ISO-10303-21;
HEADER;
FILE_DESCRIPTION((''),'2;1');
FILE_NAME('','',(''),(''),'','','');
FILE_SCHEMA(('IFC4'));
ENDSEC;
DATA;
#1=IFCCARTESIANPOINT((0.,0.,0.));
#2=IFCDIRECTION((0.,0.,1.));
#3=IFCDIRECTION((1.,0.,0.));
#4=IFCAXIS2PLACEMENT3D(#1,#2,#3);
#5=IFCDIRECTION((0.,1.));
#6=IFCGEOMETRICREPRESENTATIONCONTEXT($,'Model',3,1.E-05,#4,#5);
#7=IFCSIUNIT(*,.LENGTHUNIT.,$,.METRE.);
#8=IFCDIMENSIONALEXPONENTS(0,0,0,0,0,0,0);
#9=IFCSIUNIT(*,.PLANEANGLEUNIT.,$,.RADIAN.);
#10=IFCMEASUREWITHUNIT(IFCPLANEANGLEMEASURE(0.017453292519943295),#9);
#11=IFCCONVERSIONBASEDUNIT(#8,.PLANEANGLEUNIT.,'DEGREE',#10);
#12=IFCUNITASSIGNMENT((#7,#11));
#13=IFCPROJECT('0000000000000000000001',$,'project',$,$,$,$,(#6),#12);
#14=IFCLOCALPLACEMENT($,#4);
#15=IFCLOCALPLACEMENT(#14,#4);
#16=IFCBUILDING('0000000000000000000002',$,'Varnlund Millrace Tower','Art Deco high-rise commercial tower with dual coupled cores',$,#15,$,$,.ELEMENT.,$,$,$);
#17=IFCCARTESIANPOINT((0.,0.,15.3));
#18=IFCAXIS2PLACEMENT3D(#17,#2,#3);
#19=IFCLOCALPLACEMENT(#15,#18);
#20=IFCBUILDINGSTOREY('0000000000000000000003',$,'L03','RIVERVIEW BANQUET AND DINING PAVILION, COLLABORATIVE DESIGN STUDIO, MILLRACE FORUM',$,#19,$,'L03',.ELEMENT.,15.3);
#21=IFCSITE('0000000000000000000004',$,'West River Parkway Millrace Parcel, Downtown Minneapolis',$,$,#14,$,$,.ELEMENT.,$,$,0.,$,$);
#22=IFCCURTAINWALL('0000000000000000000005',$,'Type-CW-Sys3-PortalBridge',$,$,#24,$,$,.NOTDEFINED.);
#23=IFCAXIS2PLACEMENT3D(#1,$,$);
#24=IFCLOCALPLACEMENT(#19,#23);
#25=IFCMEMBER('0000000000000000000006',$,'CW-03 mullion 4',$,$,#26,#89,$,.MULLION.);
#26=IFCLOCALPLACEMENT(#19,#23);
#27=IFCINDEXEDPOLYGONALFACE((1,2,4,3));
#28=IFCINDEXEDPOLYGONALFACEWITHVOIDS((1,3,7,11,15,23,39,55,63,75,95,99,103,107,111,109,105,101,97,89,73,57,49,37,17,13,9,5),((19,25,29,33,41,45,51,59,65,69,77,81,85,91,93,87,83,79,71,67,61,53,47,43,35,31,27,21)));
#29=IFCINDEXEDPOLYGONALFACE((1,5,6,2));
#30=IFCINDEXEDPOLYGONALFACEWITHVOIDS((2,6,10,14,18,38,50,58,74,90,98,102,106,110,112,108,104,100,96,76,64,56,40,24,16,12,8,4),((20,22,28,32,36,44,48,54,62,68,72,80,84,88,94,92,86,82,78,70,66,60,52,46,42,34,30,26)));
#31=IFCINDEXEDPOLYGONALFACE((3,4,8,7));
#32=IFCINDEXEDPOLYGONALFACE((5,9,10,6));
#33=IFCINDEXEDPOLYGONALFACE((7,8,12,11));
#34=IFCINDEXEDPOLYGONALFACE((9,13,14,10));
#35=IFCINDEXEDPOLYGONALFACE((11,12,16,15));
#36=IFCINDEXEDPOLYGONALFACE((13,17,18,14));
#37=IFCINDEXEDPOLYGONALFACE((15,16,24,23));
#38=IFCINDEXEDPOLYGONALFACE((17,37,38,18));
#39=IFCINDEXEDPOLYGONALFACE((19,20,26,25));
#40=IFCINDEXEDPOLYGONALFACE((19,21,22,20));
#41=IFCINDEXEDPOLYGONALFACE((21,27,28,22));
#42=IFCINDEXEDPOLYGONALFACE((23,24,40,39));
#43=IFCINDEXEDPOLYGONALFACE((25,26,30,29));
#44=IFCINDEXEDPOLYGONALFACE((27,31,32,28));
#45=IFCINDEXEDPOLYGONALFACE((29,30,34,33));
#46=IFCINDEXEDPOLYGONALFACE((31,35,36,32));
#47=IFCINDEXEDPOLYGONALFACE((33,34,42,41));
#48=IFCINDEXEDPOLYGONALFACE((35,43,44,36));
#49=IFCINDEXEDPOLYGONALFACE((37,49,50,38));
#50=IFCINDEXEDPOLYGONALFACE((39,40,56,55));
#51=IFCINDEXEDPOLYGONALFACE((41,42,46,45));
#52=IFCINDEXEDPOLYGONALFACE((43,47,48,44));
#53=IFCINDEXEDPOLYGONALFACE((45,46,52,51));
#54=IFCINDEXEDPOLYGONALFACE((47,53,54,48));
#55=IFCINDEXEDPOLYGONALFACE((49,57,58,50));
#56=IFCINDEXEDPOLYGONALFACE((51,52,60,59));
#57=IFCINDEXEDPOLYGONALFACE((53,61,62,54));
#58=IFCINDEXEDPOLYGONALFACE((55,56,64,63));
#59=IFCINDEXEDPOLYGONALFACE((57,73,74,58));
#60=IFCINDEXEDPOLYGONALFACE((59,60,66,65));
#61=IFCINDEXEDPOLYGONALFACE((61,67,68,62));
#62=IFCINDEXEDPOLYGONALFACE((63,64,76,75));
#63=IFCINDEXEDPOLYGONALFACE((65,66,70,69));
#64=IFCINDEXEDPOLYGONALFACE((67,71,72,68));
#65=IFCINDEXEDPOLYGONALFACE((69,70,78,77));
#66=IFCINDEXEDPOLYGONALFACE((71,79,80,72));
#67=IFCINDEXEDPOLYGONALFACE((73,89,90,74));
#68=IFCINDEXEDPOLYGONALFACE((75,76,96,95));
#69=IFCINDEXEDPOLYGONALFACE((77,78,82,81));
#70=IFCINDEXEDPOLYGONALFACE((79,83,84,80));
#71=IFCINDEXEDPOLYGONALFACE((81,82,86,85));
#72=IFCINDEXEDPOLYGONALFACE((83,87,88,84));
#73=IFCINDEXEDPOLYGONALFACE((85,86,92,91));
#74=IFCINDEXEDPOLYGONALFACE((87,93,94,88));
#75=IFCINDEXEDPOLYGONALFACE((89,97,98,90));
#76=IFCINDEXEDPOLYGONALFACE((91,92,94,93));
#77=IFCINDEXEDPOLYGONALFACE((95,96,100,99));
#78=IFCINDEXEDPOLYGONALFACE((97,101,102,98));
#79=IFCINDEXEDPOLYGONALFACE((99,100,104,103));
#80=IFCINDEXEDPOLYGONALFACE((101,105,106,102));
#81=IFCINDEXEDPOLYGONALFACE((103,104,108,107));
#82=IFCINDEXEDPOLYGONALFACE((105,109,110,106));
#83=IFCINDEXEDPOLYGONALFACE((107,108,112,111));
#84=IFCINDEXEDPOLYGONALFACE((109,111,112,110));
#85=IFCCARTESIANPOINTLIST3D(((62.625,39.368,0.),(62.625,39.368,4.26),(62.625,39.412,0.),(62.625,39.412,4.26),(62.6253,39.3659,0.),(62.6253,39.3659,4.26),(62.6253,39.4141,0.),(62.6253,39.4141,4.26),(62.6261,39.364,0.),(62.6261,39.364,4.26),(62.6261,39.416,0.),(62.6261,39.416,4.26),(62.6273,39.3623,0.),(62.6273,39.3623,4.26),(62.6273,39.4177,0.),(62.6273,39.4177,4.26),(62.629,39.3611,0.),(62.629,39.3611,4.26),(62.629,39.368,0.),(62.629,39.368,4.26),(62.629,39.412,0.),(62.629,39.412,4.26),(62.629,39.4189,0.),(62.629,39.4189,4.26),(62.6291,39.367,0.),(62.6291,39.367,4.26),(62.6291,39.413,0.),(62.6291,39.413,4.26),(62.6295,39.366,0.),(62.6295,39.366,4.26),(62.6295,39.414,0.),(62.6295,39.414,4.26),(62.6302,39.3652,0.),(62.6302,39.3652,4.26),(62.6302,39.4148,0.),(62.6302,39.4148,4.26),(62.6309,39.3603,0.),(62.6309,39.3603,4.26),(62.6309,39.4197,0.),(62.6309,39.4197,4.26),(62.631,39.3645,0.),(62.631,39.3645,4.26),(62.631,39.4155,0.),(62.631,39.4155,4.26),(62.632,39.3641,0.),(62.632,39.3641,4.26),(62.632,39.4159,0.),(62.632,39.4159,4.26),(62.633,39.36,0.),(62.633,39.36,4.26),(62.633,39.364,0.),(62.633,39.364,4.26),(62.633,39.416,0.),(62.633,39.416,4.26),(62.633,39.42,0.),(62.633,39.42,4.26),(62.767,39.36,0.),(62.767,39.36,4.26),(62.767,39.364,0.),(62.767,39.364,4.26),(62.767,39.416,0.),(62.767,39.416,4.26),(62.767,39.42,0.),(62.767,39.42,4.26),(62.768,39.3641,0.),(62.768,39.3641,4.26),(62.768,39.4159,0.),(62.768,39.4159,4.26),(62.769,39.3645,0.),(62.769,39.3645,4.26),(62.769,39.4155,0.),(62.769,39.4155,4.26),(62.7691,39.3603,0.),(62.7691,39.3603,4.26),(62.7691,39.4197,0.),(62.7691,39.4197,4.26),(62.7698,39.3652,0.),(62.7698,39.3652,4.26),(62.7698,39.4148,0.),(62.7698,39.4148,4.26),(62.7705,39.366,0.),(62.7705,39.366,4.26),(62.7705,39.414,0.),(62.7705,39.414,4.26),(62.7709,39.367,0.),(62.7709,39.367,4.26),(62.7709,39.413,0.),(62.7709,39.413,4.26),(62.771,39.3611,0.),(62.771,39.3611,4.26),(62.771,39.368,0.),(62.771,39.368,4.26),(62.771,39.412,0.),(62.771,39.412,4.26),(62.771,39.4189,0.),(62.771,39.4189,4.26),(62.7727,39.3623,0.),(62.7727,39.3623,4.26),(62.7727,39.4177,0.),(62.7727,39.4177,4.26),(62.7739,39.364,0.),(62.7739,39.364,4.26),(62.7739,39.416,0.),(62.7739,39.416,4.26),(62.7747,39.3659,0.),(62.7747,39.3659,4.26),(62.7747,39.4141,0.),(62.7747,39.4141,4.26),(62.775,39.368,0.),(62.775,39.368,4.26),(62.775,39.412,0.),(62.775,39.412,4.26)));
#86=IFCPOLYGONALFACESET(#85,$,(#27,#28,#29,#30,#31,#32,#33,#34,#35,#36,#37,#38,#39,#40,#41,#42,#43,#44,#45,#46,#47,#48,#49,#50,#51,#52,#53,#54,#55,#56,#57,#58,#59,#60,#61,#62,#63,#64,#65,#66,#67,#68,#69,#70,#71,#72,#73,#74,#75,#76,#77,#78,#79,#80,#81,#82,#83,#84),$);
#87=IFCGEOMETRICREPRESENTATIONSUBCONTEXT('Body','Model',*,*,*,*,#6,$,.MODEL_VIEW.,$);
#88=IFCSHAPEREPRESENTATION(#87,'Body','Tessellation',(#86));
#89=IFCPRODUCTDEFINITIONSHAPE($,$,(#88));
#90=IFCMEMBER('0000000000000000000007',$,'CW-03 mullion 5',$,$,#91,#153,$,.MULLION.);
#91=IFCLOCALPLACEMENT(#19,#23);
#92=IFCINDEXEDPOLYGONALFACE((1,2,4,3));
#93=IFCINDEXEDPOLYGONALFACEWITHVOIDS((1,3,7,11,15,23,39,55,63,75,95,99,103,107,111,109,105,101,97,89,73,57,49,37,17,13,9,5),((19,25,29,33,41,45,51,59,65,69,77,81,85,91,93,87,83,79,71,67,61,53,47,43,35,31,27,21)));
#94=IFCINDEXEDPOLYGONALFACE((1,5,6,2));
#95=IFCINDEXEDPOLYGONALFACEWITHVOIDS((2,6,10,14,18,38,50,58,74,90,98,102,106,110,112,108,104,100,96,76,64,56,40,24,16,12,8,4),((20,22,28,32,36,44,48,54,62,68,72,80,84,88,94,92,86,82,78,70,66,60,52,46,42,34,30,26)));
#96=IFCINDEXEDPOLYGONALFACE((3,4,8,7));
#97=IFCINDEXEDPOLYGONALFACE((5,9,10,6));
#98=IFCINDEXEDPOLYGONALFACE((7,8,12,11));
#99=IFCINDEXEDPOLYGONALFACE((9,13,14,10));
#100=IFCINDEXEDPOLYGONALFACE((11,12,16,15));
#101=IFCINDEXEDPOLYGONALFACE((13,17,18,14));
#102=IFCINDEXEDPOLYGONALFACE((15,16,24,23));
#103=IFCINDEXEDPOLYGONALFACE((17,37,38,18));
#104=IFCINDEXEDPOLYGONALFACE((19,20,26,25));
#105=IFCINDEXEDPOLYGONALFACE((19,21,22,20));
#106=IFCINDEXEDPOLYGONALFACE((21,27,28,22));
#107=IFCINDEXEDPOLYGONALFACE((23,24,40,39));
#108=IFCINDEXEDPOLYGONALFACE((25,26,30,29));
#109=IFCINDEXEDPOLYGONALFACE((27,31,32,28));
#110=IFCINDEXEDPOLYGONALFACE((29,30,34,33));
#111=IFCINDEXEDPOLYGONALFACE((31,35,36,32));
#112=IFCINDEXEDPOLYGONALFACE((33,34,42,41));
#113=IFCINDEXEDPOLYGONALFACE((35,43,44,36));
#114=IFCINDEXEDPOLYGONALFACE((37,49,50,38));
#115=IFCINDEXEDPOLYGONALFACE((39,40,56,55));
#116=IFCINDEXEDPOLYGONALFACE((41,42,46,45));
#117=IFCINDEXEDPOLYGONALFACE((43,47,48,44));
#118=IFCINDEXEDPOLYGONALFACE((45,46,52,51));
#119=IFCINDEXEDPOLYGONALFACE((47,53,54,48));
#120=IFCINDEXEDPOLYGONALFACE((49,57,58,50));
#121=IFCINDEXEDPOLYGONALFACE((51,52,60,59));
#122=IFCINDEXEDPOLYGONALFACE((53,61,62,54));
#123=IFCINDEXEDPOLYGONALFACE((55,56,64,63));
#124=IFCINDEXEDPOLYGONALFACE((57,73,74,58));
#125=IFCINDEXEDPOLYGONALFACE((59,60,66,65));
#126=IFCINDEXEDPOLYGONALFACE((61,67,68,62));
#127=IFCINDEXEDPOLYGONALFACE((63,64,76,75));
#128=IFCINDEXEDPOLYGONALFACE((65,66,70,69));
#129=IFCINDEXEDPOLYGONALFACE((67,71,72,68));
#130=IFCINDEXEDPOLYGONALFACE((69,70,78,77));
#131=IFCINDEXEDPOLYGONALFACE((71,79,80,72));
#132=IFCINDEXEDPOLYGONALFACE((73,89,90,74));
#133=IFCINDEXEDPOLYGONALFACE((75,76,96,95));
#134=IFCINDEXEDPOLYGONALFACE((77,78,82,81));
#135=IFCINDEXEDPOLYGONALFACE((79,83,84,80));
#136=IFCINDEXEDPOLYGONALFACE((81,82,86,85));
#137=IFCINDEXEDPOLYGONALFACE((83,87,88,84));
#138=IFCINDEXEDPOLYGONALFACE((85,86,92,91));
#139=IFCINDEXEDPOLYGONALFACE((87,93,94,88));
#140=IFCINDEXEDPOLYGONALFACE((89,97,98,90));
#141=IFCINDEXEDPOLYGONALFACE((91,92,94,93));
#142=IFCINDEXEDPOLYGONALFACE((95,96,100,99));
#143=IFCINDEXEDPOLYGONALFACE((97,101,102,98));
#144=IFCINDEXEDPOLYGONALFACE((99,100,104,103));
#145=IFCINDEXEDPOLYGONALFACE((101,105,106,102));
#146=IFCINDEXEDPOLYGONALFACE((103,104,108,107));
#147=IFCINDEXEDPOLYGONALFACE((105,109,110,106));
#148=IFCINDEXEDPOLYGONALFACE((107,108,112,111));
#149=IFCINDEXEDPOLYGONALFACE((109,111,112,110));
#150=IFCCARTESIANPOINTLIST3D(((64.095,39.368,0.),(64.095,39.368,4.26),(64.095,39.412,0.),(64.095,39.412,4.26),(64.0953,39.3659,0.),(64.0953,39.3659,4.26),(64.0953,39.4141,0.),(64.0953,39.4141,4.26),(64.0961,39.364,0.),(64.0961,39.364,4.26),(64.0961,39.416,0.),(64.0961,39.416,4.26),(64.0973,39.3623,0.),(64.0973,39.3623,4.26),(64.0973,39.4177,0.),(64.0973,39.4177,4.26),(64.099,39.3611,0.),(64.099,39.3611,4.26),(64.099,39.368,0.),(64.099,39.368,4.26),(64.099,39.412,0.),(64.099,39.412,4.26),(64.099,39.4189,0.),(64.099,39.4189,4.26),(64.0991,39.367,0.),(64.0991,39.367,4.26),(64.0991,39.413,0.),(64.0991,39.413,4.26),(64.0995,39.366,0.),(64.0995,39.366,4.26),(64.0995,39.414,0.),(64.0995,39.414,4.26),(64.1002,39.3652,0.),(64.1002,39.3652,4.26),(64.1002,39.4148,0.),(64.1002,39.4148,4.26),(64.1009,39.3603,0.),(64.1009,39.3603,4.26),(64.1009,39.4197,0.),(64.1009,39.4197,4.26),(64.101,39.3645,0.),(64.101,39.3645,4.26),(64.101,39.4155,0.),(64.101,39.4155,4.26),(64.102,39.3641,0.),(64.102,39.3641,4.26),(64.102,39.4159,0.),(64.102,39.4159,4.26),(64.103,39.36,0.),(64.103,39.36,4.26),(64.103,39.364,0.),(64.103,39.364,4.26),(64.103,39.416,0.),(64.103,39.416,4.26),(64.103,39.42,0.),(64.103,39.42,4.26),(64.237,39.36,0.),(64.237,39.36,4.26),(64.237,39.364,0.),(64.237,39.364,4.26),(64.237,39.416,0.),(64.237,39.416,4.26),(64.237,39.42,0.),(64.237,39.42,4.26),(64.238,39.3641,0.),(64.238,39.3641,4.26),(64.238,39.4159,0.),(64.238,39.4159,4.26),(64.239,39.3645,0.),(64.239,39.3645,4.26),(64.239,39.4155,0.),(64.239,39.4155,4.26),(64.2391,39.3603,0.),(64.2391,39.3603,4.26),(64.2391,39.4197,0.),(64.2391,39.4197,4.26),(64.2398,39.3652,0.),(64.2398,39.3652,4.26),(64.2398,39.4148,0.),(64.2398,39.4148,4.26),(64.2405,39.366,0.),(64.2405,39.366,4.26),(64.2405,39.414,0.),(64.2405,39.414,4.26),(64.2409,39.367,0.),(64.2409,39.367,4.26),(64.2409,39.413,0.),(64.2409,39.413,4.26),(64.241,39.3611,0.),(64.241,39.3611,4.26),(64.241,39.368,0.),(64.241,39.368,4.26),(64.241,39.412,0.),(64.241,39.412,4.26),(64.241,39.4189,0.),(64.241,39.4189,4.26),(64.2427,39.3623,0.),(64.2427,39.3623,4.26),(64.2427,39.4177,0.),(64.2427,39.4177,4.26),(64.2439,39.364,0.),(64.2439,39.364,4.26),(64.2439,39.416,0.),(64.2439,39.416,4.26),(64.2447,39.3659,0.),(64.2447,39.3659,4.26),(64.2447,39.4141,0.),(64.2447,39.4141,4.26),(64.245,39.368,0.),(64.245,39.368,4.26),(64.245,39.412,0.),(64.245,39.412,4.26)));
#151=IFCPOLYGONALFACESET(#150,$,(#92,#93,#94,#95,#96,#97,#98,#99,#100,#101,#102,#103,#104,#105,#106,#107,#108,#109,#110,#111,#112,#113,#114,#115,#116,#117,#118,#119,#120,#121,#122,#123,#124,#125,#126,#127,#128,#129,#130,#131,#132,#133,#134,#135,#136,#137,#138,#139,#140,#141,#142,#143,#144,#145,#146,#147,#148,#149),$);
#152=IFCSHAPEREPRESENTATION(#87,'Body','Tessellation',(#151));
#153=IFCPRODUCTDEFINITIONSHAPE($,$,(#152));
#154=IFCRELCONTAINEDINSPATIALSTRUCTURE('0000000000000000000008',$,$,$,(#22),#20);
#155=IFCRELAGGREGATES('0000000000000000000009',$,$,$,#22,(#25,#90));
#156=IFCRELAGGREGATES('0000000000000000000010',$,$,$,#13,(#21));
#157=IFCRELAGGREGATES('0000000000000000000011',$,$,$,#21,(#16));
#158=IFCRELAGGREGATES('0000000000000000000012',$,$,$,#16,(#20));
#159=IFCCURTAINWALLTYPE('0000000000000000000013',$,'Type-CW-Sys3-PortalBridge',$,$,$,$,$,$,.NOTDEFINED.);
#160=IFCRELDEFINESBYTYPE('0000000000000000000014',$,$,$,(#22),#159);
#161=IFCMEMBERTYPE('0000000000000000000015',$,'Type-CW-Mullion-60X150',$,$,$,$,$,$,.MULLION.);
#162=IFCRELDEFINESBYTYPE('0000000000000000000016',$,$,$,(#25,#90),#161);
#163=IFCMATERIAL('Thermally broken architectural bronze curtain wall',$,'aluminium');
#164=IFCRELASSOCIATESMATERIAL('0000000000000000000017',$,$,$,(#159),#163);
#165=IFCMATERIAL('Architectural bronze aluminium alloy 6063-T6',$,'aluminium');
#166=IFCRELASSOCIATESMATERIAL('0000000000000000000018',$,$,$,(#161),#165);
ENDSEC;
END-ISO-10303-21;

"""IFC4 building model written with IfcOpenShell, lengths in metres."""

from ifc_helpers import new_model, entity, si_unit, converted_unit, direction, frame, origin_with_axes, origin_2d_with_axis, place, context, subcontext, project, spatial, hollow_rectangle, extrude, material, material_profile, profile_set, type_object, element, aggregate, save


model = new_model("IFC4")

# Units and contexts
model_context = context("Model", 3, precision=1e-05, world=origin_with_axes(), true_north=direction((0.0, 1.0)))
body_context = subcontext(model_context, "Body", "Model", "MODEL_VIEW")
ifc_project = project(units=[si_unit("LENGTHUNIT", "METRE"), converted_unit("PLANEANGLEUNIT", "DEGREE", entity("IfcPlaneAngleMeasure", 0.017453292519943295), si_unit("PLANEANGLEUNIT", "RADIAN"), dimensions=[0, 0, 0, 0, 0, 0, 0])], contexts=[model_context])

# Site, building, storey
site_placement = place(None, origin_with_axes())
site = spatial("IfcSite", under=ifc_project, at=site_placement, Name="West River Parkway Millrace Parcel, Downtown Minneapolis", CompositionType="ELEMENT", RefElevation=0.0)
building_placement = place(site_placement, origin_with_axes())
building = spatial("IfcBuilding", under=site, at=building_placement, Name="Varnlund Millrace Tower", Description="Art Deco high-rise commercial tower with dual coupled cores", CompositionType="ELEMENT")
storey_placement = place(building_placement, frame((0.0, 0.0, 15.3), z_axis=(0.0, 0.0, 1.0), x_axis=(1.0, 0.0, 0.0)))
storey = spatial("IfcBuildingStorey", under=building, at=storey_placement, Name="L03", Description="RIVERVIEW BANQUET AND DINING PAVILION, COLLABORATIVE DESIGN STUDIO, MILLRACE FORUM", LongName="L03", CompositionType="ELEMENT", Elevation=15.3)

# Curtain wall, members
ifc_material_1 = material(Name="Thermally broken architectural bronze curtain wall", Category="aluminium")
curtain_wall_type = type_object("IfcCurtainWallType", Name="Type-CW-Sys3-PortalBridge", PredefinedType="NOTDEFINED", material=ifc_material_1)
curtain_wall_1_placement = place(storey_placement, frame((58.2, 39.39, 0.0), z_axis=(0.0, 0.0, 1.0), x_axis=(1.0, 0.0, 0.0)))
curtain_wall_1 = element("IfcCurtainWall", 1, at=curtain_wall_1_placement, inside=storey, type_object=curtain_wall_type, Name="Type-CW-Sys3-PortalBridge", PredefinedType="NOTDEFINED")
ifc_material_2 = material(Name="Architectural bronze aluminium alloy 6063-T6", Category="aluminium")
ifc_material_profile_1 = material_profile(ifc_material_2, hollow_rectangle(XDim=0.06, YDim=0.15, WallThickness=0.004, InnerFilletRadius=0.004, OuterFilletRadius=0.008, at=origin_2d_with_axis()), Name="Architectural bronze aluminium alloy 6063-T6")
ifc_profile_set_1 = profile_set([ifc_material_profile_1], Name="Architectural bronze aluminium alloy 6063-T6")
member_type_1 = type_object("IfcMemberType", Name="Type-CW-Mullion-60X150", PredefinedType="MULLION", material=ifc_profile_set_1)
member_1_placement = place(storey_placement, frame((62.7, 39.39, 0.0), z_axis=(0.0, 0.0, 1.0), x_axis=(0.0, 1.0, 0.0)))
member_1 = element("IfcMember", 2, at=member_1_placement, type_object=member_type_1, Name="CW-03 mullion 4", PredefinedType="MULLION", context=body_context, shape_type="SweptSolid", body=[
    extrude(hollow_rectangle(XDim=0.06, YDim=0.15, WallThickness=0.004, InnerFilletRadius=0.004, OuterFilletRadius=0.008, at=origin_2d_with_axis()), origin_with_axes(), (0.0, 0.0, 1.0), 4.26),
])
member_2_placement = place(storey_placement, frame((64.17, 39.39, 0.0), z_axis=(0.0, 0.0, 1.0), x_axis=(0.0, 1.0, 0.0)))
member_2 = element("IfcMember", 3, at=member_2_placement, type_object=member_type_1, Name="CW-03 mullion 5", PredefinedType="MULLION", context=body_context, shape_type="SweptSolid", body=[
    extrude(hollow_rectangle(XDim=0.06, YDim=0.15, WallThickness=0.004, InnerFilletRadius=0.004, OuterFilletRadius=0.008, at=origin_2d_with_axis()), origin_with_axes(), (0.0, 0.0, 1.0), 4.26),
])

aggregate(curtain_wall_1, [member_1, member_2])

save(model, "model.ifc")
